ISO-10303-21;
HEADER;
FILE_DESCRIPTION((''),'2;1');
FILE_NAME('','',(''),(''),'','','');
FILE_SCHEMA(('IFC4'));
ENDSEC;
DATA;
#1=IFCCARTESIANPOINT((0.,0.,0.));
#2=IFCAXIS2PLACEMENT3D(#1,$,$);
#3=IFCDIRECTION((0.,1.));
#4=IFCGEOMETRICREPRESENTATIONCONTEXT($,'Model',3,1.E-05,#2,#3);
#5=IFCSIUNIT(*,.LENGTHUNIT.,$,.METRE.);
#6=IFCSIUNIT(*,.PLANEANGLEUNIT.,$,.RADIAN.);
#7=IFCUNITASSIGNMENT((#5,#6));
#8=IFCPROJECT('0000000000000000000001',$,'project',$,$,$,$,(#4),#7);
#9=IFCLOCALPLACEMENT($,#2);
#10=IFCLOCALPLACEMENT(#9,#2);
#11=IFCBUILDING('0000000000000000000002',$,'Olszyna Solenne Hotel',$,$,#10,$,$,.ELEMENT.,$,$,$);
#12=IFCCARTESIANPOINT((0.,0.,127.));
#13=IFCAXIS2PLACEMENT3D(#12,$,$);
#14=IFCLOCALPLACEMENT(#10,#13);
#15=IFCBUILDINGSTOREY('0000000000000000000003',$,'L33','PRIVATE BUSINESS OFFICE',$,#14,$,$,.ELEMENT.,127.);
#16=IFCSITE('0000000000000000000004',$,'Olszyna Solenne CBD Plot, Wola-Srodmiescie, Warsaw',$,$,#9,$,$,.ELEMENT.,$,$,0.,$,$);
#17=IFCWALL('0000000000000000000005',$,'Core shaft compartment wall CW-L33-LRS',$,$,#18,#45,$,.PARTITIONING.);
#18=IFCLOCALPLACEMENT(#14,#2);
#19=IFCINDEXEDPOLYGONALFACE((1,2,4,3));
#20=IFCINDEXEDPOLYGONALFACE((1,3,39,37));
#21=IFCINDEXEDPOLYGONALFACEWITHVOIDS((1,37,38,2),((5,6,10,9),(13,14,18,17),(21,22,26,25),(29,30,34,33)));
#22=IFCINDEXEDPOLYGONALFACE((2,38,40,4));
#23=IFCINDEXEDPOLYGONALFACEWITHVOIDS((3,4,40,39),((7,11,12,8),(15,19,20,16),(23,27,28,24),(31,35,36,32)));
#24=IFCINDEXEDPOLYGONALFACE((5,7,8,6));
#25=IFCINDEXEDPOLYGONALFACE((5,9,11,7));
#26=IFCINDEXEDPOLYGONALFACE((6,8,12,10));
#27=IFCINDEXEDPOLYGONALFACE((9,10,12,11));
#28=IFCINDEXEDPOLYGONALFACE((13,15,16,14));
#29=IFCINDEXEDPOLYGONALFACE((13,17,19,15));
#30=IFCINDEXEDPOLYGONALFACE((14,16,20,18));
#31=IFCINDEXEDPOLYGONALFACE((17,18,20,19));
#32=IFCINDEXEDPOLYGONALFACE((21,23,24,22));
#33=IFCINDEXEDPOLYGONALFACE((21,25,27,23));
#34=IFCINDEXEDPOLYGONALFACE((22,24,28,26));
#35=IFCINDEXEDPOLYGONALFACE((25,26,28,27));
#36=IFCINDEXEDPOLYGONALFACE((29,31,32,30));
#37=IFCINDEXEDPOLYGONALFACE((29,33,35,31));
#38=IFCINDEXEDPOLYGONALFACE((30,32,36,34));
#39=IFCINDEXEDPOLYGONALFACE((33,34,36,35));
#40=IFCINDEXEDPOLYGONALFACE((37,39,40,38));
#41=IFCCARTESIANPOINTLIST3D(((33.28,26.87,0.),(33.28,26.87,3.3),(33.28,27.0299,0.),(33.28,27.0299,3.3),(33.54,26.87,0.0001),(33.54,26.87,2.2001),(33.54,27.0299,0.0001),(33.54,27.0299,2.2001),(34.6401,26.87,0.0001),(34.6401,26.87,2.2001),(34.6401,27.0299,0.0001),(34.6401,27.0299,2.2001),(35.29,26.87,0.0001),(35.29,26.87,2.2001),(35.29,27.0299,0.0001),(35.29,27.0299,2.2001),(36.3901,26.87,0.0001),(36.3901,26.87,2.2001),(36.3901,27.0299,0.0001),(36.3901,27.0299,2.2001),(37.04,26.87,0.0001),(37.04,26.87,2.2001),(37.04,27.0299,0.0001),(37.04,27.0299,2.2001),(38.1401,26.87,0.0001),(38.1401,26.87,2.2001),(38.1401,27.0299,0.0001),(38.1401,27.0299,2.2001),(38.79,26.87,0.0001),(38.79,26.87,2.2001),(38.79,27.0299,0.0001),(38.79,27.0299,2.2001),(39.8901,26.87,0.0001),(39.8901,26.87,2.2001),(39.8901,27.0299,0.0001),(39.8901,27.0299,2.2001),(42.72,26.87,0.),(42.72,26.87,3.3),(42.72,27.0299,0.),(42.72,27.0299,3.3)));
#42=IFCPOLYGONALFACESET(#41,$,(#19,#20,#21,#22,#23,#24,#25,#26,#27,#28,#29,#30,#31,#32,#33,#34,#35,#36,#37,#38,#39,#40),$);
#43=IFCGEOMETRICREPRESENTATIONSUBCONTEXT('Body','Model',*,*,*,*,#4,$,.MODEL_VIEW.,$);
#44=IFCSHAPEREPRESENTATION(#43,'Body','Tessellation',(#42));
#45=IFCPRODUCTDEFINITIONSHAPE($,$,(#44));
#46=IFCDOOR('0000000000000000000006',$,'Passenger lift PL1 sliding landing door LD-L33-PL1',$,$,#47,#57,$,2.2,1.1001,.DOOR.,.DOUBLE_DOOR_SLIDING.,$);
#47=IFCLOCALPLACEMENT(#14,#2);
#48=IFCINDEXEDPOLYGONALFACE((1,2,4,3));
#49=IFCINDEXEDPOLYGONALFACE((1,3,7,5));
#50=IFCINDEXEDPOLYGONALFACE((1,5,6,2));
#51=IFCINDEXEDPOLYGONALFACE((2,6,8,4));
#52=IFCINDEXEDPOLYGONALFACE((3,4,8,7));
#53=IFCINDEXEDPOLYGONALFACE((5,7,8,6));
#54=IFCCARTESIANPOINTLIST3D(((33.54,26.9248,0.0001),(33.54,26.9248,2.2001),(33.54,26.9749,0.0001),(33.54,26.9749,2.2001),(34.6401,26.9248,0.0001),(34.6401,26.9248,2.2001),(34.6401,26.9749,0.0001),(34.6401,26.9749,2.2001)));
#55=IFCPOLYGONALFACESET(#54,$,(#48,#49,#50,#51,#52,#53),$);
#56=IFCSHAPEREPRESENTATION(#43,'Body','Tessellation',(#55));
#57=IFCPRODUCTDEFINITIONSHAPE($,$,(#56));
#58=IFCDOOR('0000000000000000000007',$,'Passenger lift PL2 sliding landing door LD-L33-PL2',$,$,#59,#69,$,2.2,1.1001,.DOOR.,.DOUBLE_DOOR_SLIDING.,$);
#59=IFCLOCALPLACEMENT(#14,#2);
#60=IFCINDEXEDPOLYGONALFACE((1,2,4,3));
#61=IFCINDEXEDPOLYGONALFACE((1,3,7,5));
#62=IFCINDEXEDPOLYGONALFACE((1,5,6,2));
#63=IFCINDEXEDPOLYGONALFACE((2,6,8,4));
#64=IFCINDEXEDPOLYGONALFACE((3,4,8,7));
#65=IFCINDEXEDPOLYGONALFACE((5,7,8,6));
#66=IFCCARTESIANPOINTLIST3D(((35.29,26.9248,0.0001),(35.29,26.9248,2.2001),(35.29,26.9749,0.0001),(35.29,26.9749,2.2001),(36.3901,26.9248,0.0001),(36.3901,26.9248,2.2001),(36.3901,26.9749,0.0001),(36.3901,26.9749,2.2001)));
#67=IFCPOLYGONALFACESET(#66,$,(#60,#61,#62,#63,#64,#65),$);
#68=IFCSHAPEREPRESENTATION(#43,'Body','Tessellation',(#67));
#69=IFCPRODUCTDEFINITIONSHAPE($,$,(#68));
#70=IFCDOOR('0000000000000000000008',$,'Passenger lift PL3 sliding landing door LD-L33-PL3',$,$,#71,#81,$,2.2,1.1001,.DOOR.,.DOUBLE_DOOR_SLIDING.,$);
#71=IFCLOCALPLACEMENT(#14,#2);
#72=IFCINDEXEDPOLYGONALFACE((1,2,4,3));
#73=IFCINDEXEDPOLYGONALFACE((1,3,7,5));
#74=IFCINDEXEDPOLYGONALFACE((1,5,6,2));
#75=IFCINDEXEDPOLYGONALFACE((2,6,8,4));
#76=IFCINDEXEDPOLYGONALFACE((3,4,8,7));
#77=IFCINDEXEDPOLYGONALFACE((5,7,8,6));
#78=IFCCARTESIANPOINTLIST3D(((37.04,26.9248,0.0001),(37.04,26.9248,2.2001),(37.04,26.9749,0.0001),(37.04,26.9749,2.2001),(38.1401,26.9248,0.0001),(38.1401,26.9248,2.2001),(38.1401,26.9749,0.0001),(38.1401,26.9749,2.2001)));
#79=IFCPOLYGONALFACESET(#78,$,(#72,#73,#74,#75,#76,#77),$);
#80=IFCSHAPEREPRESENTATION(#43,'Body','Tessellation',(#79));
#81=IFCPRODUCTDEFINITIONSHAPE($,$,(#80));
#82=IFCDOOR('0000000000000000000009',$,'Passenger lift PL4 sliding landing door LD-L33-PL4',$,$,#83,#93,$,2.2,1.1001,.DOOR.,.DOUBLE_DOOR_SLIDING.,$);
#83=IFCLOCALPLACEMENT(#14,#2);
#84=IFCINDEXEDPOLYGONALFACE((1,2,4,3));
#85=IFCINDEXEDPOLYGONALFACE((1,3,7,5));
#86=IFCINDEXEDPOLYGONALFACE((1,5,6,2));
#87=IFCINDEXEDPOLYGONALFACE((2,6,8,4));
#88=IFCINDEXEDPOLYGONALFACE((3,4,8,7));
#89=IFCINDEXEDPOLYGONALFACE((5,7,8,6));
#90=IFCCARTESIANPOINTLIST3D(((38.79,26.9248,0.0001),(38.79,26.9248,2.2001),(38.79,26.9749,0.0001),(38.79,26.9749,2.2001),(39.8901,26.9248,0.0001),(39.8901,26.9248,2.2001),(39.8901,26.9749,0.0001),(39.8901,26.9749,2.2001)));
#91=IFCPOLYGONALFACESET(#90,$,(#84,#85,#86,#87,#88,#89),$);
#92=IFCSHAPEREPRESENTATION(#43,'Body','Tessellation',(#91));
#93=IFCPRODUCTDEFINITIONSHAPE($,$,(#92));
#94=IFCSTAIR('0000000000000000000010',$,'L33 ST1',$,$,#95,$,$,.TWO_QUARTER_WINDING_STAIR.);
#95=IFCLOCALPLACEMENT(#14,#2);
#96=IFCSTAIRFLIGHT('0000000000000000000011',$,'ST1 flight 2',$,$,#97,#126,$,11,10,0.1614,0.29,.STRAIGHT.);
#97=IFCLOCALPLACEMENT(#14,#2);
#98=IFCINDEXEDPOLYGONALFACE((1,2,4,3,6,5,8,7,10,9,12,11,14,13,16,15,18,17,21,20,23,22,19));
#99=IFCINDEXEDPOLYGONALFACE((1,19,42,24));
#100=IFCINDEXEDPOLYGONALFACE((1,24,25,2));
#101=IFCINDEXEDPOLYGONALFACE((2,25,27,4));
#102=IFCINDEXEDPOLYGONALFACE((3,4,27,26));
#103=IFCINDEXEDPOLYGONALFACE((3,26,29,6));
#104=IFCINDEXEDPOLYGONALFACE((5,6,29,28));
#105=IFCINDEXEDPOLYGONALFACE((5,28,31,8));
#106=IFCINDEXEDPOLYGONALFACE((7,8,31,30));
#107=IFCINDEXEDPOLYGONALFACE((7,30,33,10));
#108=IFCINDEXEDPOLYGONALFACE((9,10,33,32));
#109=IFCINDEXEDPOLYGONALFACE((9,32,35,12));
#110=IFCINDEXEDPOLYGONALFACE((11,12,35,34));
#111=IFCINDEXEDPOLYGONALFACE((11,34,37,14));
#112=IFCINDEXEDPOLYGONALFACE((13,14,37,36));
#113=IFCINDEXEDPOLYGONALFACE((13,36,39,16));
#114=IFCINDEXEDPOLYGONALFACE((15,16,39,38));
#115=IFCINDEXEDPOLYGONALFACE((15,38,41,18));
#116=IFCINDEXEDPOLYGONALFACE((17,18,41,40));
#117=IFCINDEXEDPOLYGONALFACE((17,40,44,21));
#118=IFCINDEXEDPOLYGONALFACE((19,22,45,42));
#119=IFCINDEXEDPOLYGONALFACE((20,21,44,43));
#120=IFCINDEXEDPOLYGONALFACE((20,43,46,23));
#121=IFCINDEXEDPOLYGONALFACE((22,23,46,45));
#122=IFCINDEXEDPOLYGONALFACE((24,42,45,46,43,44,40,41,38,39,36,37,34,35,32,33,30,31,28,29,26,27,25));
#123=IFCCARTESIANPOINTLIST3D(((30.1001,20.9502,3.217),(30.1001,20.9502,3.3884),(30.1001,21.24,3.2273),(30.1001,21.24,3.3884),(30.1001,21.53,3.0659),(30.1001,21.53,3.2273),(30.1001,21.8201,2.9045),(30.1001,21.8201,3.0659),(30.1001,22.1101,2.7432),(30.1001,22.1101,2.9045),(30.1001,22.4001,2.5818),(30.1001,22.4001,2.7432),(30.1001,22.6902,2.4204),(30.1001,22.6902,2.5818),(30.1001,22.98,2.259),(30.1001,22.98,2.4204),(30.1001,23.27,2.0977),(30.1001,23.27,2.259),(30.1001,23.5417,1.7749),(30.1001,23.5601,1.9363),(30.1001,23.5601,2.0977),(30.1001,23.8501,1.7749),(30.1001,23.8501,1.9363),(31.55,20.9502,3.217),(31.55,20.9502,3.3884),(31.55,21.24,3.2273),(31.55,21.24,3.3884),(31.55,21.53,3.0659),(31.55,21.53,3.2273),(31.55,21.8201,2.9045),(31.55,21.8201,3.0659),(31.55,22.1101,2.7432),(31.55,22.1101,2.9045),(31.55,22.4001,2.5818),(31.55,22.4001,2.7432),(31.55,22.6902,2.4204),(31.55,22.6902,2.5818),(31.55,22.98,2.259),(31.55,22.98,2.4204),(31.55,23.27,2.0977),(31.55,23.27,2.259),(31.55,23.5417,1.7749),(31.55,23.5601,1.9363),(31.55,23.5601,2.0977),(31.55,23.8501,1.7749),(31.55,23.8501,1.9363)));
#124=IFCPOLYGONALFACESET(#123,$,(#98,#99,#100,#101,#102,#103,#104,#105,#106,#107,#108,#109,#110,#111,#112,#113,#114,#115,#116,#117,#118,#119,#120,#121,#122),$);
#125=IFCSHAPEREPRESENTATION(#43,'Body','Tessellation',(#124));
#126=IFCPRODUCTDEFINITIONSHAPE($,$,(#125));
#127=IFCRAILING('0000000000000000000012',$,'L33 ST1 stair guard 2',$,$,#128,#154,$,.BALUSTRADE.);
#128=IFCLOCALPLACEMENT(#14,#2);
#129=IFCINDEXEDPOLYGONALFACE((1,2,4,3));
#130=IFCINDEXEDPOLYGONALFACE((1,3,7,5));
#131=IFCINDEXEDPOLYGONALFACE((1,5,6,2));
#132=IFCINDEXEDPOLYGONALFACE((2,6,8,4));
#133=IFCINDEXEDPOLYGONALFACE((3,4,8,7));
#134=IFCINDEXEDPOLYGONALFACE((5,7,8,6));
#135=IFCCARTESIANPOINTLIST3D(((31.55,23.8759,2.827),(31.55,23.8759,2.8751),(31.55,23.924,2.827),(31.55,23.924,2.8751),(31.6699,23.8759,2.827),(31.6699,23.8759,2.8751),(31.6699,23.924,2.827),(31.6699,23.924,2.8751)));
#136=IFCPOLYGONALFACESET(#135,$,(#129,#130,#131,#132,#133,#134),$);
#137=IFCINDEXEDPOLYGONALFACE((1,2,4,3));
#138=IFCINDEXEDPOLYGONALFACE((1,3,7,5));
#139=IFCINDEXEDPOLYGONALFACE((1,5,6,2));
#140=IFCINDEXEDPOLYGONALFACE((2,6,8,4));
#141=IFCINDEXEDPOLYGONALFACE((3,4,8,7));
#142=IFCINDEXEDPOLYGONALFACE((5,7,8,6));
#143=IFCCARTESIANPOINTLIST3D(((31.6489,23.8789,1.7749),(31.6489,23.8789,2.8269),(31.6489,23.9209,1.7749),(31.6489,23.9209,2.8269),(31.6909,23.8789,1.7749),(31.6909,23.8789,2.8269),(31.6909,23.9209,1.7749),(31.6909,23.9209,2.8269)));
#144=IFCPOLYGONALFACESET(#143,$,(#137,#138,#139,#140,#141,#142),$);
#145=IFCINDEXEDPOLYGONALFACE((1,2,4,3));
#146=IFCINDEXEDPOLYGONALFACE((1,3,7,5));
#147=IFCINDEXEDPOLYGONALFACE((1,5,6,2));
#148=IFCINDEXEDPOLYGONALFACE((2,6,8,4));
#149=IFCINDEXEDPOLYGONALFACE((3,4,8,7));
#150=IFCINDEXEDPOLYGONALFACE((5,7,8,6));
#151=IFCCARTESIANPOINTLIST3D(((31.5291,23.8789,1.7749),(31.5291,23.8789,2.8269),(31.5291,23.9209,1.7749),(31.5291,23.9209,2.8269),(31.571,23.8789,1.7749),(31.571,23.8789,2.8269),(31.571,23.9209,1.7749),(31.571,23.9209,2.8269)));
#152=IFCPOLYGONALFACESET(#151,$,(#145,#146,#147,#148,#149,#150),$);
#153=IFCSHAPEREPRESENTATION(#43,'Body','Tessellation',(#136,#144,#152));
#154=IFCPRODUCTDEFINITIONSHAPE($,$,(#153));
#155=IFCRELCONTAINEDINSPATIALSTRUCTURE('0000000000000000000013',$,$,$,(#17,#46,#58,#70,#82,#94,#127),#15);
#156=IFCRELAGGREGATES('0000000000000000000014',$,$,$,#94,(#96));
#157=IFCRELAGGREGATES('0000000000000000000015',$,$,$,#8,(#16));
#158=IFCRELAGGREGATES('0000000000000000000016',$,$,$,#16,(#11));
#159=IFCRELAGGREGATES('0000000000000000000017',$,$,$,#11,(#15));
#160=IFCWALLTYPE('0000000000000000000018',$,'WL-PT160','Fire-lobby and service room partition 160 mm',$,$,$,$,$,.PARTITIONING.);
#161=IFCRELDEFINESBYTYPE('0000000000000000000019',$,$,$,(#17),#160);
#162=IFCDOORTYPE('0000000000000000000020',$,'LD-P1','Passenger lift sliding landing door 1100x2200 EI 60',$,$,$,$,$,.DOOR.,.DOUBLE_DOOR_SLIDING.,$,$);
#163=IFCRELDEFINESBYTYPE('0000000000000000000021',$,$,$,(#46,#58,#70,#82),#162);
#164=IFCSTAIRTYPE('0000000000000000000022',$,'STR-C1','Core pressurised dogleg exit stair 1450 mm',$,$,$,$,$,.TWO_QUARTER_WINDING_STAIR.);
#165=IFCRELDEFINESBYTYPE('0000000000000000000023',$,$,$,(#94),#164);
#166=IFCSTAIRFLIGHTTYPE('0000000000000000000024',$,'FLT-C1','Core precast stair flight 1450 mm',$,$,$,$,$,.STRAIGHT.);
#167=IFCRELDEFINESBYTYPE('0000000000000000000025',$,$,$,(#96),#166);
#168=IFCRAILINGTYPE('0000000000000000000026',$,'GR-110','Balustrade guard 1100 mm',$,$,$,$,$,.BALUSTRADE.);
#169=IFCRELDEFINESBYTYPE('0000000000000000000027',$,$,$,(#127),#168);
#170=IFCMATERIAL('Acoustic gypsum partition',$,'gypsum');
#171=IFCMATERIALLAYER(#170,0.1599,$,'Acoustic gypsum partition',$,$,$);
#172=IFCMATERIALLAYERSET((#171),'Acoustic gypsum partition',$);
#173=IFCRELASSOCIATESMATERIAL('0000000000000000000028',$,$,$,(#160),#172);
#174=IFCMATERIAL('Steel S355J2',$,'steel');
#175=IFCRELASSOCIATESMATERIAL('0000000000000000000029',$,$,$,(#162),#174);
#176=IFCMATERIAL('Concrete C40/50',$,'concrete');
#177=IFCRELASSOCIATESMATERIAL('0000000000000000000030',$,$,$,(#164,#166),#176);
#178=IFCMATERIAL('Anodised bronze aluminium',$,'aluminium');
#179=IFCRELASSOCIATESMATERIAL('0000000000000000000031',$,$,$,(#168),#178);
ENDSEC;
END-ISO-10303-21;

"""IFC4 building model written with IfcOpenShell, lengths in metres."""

from ifc_helpers import new_model, si_unit, direction, frame, frame_2d, origin, origin_2d, place, context, subcontext, project, spatial, polyline, rectangle, outline, extrude, source, transform, mapped, material, layer, layer_set, type_object, type_shapes, element, fill, aggregate, save


model = new_model("IFC4")

# Units and contexts
model_context = context("Model", 3, precision=1e-05, world=origin(), true_north=direction((0.0, 1.0)))
body_context = subcontext(model_context, "Body", "Model", "MODEL_VIEW")
ifc_project = project(units=[si_unit("LENGTHUNIT", "METRE"), si_unit("PLANEANGLEUNIT", "RADIAN")], contexts=[model_context])

# Site, building, storey
site_placement = place(None, origin())
site = spatial("IfcSite", under=ifc_project, at=site_placement, Name="Olszyna Solenne CBD Plot, Wola-Srodmiescie, Warsaw", CompositionType="ELEMENT", RefElevation=0.0)
building_placement = place(site_placement, origin())
building = spatial("IfcBuilding", under=site, at=building_placement, Name="Olszyna Solenne Hotel", CompositionType="ELEMENT")
storey_placement = place(building_placement, frame((0.0, 0.0, 127.0)))
storey = spatial("IfcBuildingStorey", under=building, at=storey_placement, Name="L33", Description="PRIVATE BUSINESS OFFICE", CompositionType="ELEMENT", Elevation=127.0)

# Shared definitions
ifc_material_1 = material(Name="Steel S355J2", Category="steel")

# Shared definitions
ifc_material_2 = material(Name="Acoustic gypsum partition", Category="gypsum")
ifc_layer_1 = layer(ifc_material_2, 0.1599, Name="Acoustic gypsum partition")
ifc_layer_set_1 = layer_set([ifc_layer_1], Name="Acoustic gypsum partition")
wall_type_1 = type_object("IfcWallType", Name="WL-PT160", Description="Fire-lobby and service room partition 160 mm", PredefinedType="PARTITIONING", material=ifc_layer_set_1)

# Wall, openings, doors
wall_1_placement = place(storey_placement, frame((33.28, 26.95, 0.0), z_axis=(0.0, 0.0, 1.0), x_axis=(1.0, 0.0, 0.0)))
wall_1 = element("IfcWall", 1, at=wall_1_placement, inside=storey, type_object=wall_type_1, Name="Core shaft compartment wall CW-L33-LRS", PredefinedType="PARTITIONING", context=body_context, shape_type="SweptSolid", body=[
    extrude(rectangle(XDim=9.4399, YDim=0.1599, at=frame_2d((4.72, 0.0))), origin(), (0.0, 0.0, 1.0), 3.3),
])
opening_1_placement = place(wall_1_placement, frame((0.26, 0.0, 0.0)))
opening_1 = element("IfcOpeningElement", 2, at=opening_1_placement, cuts=wall_1, PredefinedType="OPENING", context=body_context, shape_type="SweptSolid", body=[
    extrude(rectangle(XDim=1.1001, YDim=2.2, at=frame_2d((0.55, 1.1001))), frame((0.0, 0.0898, 0.0), z_axis=(0.0, -1.0, 0.0), x_axis=(1.0, 0.0, 0.0)), (0.0, 0.0, 1.0), 0.1799),
])
opening_2_placement = place(wall_1_placement, frame((2.01, 0.0, 0.0)))
opening_2 = element("IfcOpeningElement", 3, at=opening_2_placement, cuts=wall_1, PredefinedType="OPENING", context=body_context, shape_type="SweptSolid", body=[
    extrude(rectangle(XDim=1.1001, YDim=2.2, at=frame_2d((0.55, 1.1001))), frame((0.0, 0.0898, 0.0), z_axis=(0.0, -1.0, 0.0), x_axis=(1.0, 0.0, 0.0)), (0.0, 0.0, 1.0), 0.1799),
])
opening_3_placement = place(wall_1_placement, frame((3.76, 0.0, 0.0)))
opening_3 = element("IfcOpeningElement", 4, at=opening_3_placement, cuts=wall_1, PredefinedType="OPENING", context=body_context, shape_type="SweptSolid", body=[
    extrude(rectangle(XDim=1.1001, YDim=2.2, at=frame_2d((0.55, 1.1001))), frame((0.0, 0.0898, 0.0), z_axis=(0.0, -1.0, 0.0), x_axis=(1.0, 0.0, 0.0)), (0.0, 0.0, 1.0), 0.1799),
])
opening_4_placement = place(wall_1_placement, frame((5.51, 0.0, 0.0)))
opening_4 = element("IfcOpeningElement", 5, at=opening_4_placement, cuts=wall_1, PredefinedType="OPENING", context=body_context, shape_type="SweptSolid", body=[
    extrude(rectangle(XDim=1.1001, YDim=2.2, at=frame_2d((0.55, 1.1001))), frame((0.0, 0.0898, 0.0), z_axis=(0.0, -1.0, 0.0), x_axis=(1.0, 0.0, 0.0)), (0.0, 0.0, 1.0), 0.1799),
])
door_type_1 = type_object("IfcDoorType", Name="LD-P1", Description="Passenger lift sliding landing door 1100x2200 EI 60", OperationType="DOUBLE_DOOR_SLIDING", PredefinedType="DOOR", material=ifc_material_1)
shared_shape_1 = source(origin(), body_context, "Body", "SweptSolid", [
    extrude(rectangle(XDim=1.1001, YDim=2.2, at=frame_2d((0.55, 1.1001))), frame((0.0, 0.0249, 0.0), z_axis=(0.0, -1.0, 0.0), x_axis=(1.0, 0.0, 0.0)), (0.0, 0.0, 1.0), 0.05),
])
type_shapes(door_type_1, [shared_shape_1])
door_1_placement = place(opening_1_placement, origin())
door_1 = element("IfcDoor", 6, at=door_1_placement, inside=storey, type_object=door_type_1, Name="Passenger lift PL1 sliding landing door LD-L33-PL1", OperationType="DOUBLE_DOOR_SLIDING", OverallHeight=2.2, OverallWidth=1.1001, PredefinedType="DOOR", context=body_context, shape_type="MappedRepresentation", body=[
    mapped(shared_shape_1, transform((0.0, 0.0, 0.0), x_axis=(1.0, 0.0, 0.0), y_axis=(0.0, 1.0, 0.0), z_axis=(0.0, 0.0, 1.0), scale=1.0)),
])
fill(opening_1, door_1)
door_2_placement = place(opening_2_placement, origin())
door_2 = element("IfcDoor", 7, at=door_2_placement, inside=storey, type_object=door_type_1, Name="Passenger lift PL2 sliding landing door LD-L33-PL2", OperationType="DOUBLE_DOOR_SLIDING", OverallHeight=2.2, OverallWidth=1.1001, PredefinedType="DOOR", context=body_context, shape_type="MappedRepresentation", body=[
    mapped(shared_shape_1, transform((0.0, 0.0, 0.0), x_axis=(1.0, 0.0, 0.0), y_axis=(0.0, 1.0, 0.0), z_axis=(0.0, 0.0, 1.0), scale=1.0)),
])
fill(opening_2, door_2)
door_3_placement = place(opening_3_placement, origin())
door_3 = element("IfcDoor", 8, at=door_3_placement, inside=storey, type_object=door_type_1, Name="Passenger lift PL3 sliding landing door LD-L33-PL3", OperationType="DOUBLE_DOOR_SLIDING", OverallHeight=2.2, OverallWidth=1.1001, PredefinedType="DOOR", context=body_context, shape_type="MappedRepresentation", body=[
    mapped(shared_shape_1, transform((0.0, 0.0, 0.0), x_axis=(1.0, 0.0, 0.0), y_axis=(0.0, 1.0, 0.0), z_axis=(0.0, 0.0, 1.0), scale=1.0)),
])
fill(opening_3, door_3)
door_4_placement = place(opening_4_placement, origin())
door_4 = element("IfcDoor", 9, at=door_4_placement, inside=storey, type_object=door_type_1, Name="Passenger lift PL4 sliding landing door LD-L33-PL4", OperationType="DOUBLE_DOOR_SLIDING", OverallHeight=2.2, OverallWidth=1.1001, PredefinedType="DOOR", context=body_context, shape_type="MappedRepresentation", body=[
    mapped(shared_shape_1, transform((0.0, 0.0, 0.0), x_axis=(1.0, 0.0, 0.0), y_axis=(0.0, 1.0, 0.0), z_axis=(0.0, 0.0, 1.0), scale=1.0)),
])
fill(opening_4, door_4)

# Stair, stair flight
ifc_material_3 = material(Name="Concrete C40/50", Category="concrete")
stair_type = type_object("IfcStairType", Name="STR-C1", Description="Core pressurised dogleg exit stair 1450 mm", PredefinedType="TWO_QUARTER_WINDING_STAIR", material=ifc_material_3)
stair_placement = place(storey_placement, origin())
stair = element("IfcStair", 10, at=stair_placement, inside=storey, type_object=stair_type, Name="L33 ST1", PredefinedType="TWO_QUARTER_WINDING_STAIR")
stair_flight_type = type_object("IfcStairFlightType", Name="FLT-C1", Description="Core precast stair flight 1450 mm", PredefinedType="STRAIGHT", material=ifc_material_3)
stair_flight_placement = place(storey_placement, frame((30.825, 23.8501, 1.7749), z_axis=(0.0, 0.0, 1.0), x_axis=(0.0, -1.0, 0.0)))
stair_flight = element("IfcStairFlight", 11, at=stair_flight_placement, type_object=stair_flight_type, Name="ST1 flight 2", NumberOfRisers=11, NumberOfTreads=10, PredefinedType="STRAIGHT", RiserHeight=0.1614, TreadLength=0.29, context=body_context, shape_type="SweptSolid", body=[
    extrude(outline(polyline([(0.0, 0.0), (0.0, 0.1614), (0.29, 0.1614), (0.29, 0.3228), (0.5801, 0.3228), (0.5801, 0.4841), (0.8701, 0.4841), (0.8701, 0.6455), (1.1599, 0.6455), (1.1599, 0.8069), (1.45, 0.8069), (1.45, 0.9683), (1.74, 0.9683), (1.74, 1.1296), (2.03, 1.1296), (2.03, 1.291), (2.3201, 1.291), (2.3201, 1.4524), (2.6101, 1.4524), (2.6101, 1.6135), (2.8999, 1.6135), (2.8999, 1.7749), (2.8999, 1.4421), (0.3083, 0.0), (0.0, 0.0)])), frame((0.0, 0.7251, 0.0), z_axis=(0.0, -1.0, 0.0), x_axis=(1.0, 0.0, 0.0)), (0.0, 0.0, 1.0), 1.45),
])
aggregate(stair, [stair_flight])

# Railing
ifc_material_4 = material(Name="Anodised bronze aluminium", Category="aluminium")
railing_type_1 = type_object("IfcRailingType", Name="GR-110", Description="Balustrade guard 1100 mm", PredefinedType="BALUSTRADE", material=ifc_material_4)
railing_1_placement = place(storey_placement, frame((31.6699, 23.8999, 1.7749)))
element("IfcRailing", 12, at=railing_1_placement, inside=storey, type_object=railing_type_1, Name="L33 ST1 stair guard 2", PredefinedType="BALUSTRADE", context=body_context, shape_type="SweptSolid", body=[
    extrude(rectangle(XDim=0.0481, YDim=0.0481, at=origin_2d()), frame((0.0, 0.0, 1.0762), z_axis=(-1.0, 0.0, 0.0), x_axis=(0.0, -1.0, 0.0)), (0.0, 0.0, 1.0), 0.1199),
    extrude(rectangle(XDim=0.042, YDim=0.042, at=origin_2d()), origin(), (0.0, 0.0, 1.0), 1.052),
    extrude(rectangle(XDim=0.042, YDim=0.042, at=origin_2d()), frame((-0.1199, 0.0, 0.0)), (0.0, 0.0, 1.0), 1.052),
])

save(model, "model.ifc")
